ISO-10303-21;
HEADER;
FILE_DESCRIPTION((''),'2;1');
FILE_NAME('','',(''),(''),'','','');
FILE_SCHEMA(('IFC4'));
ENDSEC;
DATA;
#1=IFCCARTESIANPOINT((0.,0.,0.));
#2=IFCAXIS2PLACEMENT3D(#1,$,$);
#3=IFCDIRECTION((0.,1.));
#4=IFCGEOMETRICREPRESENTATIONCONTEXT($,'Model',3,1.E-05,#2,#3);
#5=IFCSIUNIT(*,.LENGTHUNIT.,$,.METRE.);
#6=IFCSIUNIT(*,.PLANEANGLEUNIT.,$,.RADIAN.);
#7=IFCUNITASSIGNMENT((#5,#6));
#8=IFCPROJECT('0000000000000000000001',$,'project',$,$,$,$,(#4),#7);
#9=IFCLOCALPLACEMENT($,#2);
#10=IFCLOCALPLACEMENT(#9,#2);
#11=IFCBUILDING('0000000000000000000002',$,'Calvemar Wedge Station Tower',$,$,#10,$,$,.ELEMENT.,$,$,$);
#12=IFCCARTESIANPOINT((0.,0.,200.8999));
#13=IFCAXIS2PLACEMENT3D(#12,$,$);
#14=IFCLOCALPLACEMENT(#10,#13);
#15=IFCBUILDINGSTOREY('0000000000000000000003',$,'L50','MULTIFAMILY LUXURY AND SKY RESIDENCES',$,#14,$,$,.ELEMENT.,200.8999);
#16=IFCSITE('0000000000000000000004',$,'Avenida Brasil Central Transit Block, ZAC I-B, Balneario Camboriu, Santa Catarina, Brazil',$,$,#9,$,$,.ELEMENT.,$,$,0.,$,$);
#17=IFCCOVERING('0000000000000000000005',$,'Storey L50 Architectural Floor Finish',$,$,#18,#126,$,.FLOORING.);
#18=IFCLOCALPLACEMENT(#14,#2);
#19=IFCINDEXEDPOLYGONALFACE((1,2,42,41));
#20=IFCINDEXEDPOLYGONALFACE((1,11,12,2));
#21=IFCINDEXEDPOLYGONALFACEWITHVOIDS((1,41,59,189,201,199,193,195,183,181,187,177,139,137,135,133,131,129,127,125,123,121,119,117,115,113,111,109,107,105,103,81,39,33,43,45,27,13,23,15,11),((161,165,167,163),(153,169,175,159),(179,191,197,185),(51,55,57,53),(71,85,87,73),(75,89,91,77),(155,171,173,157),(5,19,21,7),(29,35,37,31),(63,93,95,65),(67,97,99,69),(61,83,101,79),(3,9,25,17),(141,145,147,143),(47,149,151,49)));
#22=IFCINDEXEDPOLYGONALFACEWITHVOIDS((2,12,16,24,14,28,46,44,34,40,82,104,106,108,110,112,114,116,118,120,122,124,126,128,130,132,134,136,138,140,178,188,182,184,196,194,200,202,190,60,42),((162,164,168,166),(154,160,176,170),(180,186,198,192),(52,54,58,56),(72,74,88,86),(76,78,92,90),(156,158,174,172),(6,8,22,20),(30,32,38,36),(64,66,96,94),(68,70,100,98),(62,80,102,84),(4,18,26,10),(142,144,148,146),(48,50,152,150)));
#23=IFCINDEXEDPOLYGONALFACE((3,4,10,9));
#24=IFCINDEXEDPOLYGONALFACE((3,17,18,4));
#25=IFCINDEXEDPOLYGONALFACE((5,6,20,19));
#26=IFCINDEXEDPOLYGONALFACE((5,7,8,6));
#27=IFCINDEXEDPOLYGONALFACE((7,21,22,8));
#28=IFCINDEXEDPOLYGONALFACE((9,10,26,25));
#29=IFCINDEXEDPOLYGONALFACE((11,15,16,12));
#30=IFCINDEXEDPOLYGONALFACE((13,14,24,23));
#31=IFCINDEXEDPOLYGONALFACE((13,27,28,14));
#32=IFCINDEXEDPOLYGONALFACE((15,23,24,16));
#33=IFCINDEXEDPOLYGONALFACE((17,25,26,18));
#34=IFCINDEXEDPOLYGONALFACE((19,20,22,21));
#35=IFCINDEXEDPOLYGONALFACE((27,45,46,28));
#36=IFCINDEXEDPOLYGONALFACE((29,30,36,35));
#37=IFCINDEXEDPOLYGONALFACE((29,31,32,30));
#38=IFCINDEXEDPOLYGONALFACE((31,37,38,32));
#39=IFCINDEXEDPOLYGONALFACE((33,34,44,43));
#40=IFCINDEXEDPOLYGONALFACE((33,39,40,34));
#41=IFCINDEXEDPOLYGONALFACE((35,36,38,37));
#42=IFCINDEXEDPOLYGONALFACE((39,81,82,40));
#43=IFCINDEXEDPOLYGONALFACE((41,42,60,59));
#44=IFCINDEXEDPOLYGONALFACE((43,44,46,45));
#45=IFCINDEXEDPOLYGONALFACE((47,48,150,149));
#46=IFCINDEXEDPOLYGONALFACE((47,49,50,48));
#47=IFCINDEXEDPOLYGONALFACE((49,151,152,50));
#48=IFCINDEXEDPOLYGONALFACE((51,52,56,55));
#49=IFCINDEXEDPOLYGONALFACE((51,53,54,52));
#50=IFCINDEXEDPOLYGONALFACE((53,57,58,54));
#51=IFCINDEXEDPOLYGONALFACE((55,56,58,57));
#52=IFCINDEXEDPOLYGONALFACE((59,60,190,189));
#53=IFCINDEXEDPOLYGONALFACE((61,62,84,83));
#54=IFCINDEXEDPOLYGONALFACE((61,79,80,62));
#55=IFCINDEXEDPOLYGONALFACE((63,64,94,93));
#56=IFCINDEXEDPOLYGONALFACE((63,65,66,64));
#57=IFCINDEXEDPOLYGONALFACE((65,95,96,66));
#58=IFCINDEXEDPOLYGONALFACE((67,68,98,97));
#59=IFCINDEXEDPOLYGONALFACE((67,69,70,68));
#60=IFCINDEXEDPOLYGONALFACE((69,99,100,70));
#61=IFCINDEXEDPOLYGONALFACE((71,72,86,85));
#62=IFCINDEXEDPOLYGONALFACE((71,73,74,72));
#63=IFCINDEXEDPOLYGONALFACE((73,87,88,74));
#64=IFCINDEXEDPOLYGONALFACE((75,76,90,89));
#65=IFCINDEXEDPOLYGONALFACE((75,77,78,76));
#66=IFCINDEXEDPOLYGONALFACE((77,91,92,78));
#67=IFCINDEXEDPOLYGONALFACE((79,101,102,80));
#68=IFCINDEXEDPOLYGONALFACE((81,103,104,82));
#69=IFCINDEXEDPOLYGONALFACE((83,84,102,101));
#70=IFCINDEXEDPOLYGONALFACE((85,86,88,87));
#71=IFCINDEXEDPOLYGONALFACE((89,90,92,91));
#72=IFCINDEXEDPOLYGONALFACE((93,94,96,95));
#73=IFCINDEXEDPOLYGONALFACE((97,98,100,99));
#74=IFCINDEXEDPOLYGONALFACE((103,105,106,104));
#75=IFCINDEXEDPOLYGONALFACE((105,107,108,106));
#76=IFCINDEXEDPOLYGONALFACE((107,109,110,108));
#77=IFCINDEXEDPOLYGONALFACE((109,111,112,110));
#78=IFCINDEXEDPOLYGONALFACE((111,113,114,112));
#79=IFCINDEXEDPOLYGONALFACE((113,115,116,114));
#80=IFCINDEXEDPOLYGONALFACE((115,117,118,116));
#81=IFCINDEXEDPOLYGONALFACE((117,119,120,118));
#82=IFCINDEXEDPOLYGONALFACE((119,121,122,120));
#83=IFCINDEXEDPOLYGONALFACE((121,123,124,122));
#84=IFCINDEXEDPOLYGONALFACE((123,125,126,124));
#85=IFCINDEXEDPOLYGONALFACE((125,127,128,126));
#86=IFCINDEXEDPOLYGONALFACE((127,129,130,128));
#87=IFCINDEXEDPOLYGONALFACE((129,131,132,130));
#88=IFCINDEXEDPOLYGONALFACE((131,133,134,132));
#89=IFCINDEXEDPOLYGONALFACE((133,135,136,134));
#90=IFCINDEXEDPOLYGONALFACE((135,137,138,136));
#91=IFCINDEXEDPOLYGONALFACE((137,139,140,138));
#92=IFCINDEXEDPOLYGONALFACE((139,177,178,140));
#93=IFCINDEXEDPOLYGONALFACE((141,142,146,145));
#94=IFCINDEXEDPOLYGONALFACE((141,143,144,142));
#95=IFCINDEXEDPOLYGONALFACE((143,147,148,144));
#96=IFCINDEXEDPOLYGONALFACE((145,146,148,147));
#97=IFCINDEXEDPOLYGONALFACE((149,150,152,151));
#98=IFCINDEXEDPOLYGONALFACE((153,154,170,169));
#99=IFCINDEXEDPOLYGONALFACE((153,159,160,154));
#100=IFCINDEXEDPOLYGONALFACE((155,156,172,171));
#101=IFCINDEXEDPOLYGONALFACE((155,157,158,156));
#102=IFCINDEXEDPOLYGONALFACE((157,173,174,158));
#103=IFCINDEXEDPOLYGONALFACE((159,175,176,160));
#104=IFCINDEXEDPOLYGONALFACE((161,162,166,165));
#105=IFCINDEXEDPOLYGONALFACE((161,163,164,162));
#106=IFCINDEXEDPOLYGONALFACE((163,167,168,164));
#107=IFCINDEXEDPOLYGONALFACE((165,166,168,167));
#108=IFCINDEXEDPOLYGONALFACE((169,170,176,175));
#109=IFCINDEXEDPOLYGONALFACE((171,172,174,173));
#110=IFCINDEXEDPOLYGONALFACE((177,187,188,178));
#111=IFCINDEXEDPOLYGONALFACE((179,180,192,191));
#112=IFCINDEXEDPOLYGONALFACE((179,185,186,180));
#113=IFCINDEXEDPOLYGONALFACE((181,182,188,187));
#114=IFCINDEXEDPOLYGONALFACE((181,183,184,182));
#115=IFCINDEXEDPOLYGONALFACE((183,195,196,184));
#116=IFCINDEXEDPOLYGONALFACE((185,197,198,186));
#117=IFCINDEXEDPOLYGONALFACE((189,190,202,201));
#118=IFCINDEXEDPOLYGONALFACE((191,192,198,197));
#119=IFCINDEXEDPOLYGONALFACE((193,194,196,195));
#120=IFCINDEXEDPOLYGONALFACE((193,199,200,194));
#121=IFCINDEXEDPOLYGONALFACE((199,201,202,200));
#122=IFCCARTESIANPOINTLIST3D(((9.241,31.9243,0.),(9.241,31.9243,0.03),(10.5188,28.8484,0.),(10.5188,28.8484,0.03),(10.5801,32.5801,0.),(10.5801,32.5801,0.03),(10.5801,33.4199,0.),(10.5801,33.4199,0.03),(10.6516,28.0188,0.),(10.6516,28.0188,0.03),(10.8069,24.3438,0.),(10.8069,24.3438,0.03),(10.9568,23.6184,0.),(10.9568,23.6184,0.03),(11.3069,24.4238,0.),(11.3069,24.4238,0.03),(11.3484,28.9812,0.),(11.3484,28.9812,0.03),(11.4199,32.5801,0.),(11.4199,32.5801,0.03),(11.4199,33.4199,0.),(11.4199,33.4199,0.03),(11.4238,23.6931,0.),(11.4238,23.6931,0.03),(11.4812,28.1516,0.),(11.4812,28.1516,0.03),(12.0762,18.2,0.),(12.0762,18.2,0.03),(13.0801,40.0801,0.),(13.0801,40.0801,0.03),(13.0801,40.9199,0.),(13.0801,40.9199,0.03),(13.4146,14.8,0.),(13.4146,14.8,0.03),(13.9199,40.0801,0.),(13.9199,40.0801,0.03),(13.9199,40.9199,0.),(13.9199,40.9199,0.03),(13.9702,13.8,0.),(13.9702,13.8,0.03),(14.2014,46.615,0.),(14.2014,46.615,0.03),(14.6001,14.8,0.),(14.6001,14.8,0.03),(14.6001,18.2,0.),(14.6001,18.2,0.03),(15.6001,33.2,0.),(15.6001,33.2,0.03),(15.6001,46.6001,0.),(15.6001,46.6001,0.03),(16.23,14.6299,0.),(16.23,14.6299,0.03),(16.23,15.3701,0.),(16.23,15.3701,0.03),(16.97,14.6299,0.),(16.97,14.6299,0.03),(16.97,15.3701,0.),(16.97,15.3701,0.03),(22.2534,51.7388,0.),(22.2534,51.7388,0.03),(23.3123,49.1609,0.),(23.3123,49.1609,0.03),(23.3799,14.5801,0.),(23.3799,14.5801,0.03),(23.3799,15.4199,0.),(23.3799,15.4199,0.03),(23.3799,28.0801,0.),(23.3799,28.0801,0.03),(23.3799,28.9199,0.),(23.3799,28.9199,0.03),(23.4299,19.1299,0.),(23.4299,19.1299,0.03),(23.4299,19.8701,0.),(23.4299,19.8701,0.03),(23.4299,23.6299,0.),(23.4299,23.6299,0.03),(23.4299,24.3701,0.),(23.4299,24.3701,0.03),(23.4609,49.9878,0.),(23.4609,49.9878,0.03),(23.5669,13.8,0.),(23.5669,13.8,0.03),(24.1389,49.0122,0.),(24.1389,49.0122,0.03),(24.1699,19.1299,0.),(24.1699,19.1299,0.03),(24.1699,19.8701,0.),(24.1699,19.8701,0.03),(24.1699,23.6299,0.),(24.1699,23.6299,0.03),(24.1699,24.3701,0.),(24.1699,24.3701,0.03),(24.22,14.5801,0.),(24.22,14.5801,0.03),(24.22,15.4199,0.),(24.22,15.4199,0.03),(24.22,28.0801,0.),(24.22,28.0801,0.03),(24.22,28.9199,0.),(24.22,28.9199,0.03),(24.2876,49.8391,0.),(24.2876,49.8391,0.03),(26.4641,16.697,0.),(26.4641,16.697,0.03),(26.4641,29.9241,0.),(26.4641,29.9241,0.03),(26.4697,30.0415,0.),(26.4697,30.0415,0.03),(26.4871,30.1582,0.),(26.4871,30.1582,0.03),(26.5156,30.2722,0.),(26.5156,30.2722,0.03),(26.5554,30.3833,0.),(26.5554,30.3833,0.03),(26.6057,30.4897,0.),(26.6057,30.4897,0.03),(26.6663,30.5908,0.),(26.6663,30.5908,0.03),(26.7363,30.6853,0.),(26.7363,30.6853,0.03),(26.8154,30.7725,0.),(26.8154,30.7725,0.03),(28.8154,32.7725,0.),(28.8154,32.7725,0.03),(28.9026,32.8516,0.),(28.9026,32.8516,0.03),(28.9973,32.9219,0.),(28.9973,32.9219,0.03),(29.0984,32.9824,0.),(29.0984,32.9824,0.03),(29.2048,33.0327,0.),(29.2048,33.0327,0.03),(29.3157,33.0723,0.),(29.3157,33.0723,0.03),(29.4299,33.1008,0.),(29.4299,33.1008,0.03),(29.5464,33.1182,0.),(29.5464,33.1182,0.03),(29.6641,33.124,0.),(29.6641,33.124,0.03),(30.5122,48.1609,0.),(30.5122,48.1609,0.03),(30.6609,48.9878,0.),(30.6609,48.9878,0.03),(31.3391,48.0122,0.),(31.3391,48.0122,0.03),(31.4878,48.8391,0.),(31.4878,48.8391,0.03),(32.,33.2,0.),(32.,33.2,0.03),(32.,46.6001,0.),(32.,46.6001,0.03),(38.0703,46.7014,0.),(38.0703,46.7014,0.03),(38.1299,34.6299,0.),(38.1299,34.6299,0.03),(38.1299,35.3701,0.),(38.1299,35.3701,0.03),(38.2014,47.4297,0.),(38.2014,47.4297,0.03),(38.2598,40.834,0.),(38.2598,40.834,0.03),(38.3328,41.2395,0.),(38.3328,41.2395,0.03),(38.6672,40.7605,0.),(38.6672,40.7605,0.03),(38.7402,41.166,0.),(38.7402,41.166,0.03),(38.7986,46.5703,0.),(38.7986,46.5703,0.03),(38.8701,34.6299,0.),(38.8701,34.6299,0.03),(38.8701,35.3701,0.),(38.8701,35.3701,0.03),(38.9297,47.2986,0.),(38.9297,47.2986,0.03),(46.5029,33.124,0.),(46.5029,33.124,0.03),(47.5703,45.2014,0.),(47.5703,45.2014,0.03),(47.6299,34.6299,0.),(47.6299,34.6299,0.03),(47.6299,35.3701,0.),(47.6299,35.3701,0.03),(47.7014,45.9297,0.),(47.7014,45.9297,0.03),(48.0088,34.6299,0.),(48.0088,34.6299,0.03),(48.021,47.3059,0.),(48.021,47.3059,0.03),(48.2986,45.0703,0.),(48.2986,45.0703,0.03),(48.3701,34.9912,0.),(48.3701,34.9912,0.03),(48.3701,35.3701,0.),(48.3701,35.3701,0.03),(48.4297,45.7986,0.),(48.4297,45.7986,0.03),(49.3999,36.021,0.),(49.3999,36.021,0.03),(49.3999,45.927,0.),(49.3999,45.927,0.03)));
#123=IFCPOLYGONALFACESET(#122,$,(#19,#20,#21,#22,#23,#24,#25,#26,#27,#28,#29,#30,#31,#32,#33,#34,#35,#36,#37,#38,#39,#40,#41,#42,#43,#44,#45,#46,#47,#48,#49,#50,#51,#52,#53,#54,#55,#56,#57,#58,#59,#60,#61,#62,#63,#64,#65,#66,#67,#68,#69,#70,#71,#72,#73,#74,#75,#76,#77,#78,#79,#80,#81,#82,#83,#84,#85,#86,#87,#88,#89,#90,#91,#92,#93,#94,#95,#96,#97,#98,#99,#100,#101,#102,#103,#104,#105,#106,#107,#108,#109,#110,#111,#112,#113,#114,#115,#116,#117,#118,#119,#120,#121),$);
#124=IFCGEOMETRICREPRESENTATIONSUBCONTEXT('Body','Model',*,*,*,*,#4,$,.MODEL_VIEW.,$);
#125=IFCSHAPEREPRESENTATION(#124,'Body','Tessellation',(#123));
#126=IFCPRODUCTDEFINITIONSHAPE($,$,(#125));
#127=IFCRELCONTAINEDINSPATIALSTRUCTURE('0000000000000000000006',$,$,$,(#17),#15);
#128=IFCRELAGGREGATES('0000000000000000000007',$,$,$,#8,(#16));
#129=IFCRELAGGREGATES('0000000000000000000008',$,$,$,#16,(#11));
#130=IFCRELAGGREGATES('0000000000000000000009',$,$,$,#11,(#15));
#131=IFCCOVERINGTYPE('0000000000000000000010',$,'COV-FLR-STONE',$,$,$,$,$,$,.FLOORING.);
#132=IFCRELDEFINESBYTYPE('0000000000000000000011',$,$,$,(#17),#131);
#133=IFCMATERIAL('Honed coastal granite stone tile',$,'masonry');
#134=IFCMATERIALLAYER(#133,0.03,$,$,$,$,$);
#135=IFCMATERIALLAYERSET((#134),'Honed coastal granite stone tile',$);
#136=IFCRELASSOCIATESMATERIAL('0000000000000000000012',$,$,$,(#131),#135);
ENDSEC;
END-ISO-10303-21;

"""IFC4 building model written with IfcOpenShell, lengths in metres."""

from ifc_helpers import new_model, si_unit, direction, frame, origin, place, context, subcontext, project, spatial, polyline, outline, extrude, material, layer, layer_set, type_object, element, save


model = new_model("IFC4")

# Units and contexts
model_context = context("Model", 3, precision=1e-05, world=origin(), true_north=direction((0.0, 1.0)))
body_context = subcontext(model_context, "Body", "Model", "MODEL_VIEW")
ifc_project = project(units=[si_unit("LENGTHUNIT", "METRE"), si_unit("PLANEANGLEUNIT", "RADIAN")], contexts=[model_context])

# Site, building, storey
site_placement = place(None, origin())
site = spatial("IfcSite", under=ifc_project, at=site_placement, Name="Avenida Brasil Central Transit Block, ZAC I-B, Balneario Camboriu, Santa Catarina, Brazil", CompositionType="ELEMENT", RefElevation=0.0)
building_placement = place(site_placement, origin())
building = spatial("IfcBuilding", under=site, at=building_placement, Name="Calvemar Wedge Station Tower", CompositionType="ELEMENT")
storey_placement = place(building_placement, frame((0.0, 0.0, 200.8999)))
storey = spatial("IfcBuildingStorey", under=building, at=storey_placement, Name="L50", Description="MULTIFAMILY LUXURY AND SKY RESIDENCES", CompositionType="ELEMENT", Elevation=200.8999)

# Covering
ifc_material_1 = material(Name="Honed coastal granite stone tile", Category="masonry")
ifc_layer_1 = layer(ifc_material_1, 0.03)
ifc_layer_set_1 = layer_set([ifc_layer_1], Name="Honed coastal granite stone tile")
covering_type_1 = type_object("IfcCoveringType", Name="COV-FLR-STONE", PredefinedType="FLOORING", material=ifc_layer_set_1)
covering_1_placement = place(storey_placement, origin())
element("IfcCovering", 1, at=covering_1_placement, inside=storey, type_object=covering_type_1, Name="Storey L50 Architectural Floor Finish", PredefinedType="FLOORING", context=body_context, shape_type="SweptSolid", body=[
    extrude(outline(polyline([(26.8154, 30.7725), (28.8154, 32.7725), (28.9026, 32.8516), (28.9973, 32.9219), (29.0984, 32.9824), (29.2048, 33.0327), (29.3157, 33.0723), (29.4299, 33.1008), (29.5464, 33.1182), (29.6641, 33.124), (46.5029, 33.124), (48.0088, 34.6299), (47.6299, 34.6299), (47.6299, 35.3701), (48.3701, 35.3701), (48.3701, 34.9912), (49.3999, 36.021), (49.3999, 45.927), (48.021, 47.3059), (22.2534, 51.7388), (14.2014, 46.615), (9.241, 31.9243), (10.8069, 24.3438), (11.3069, 24.4238), (11.4238, 23.6931), (10.9568, 23.6184), (12.0762, 18.2), (14.6001, 18.2), (14.6001, 14.8), (13.4146, 14.8), (13.9702, 13.8), (23.5669, 13.8), (26.4641, 16.697), (26.4641, 29.9241), (26.4697, 30.0415), (26.4871, 30.1582), (26.5156, 30.2722), (26.5554, 30.3833), (26.6057, 30.4897), (26.6663, 30.5908), (26.7363, 30.6853), (26.8154, 30.7725)]), holes=[polyline([(15.6001, 46.6001), (32.0, 46.6001), (32.0, 33.2), (15.6001, 33.2), (15.6001, 46.6001)]), polyline([(10.5801, 32.5801), (10.5801, 33.4199), (11.4199, 33.4199), (11.4199, 32.5801), (10.5801, 32.5801)]), polyline([(13.0801, 40.9199), (13.9199, 40.9199), (13.9199, 40.0801), (13.0801, 40.0801), (13.0801, 40.9199)]), polyline([(24.2876, 49.8391), (24.1389, 49.0122), (23.3123, 49.1609), (23.4609, 49.9878), (24.2876, 49.8391)]), polyline([(31.3391, 48.0122), (30.5122, 48.1609), (30.6609, 48.9878), (31.4878, 48.8391), (31.3391, 48.0122)]), polyline([(38.0703, 46.7014), (38.2014, 47.4297), (38.9297, 47.2986), (38.7986, 46.5703), (38.0703, 46.7014)]), polyline([(47.7014, 45.9297), (48.4297, 45.7986), (48.2986, 45.0703), (47.5703, 45.2014), (47.7014, 45.9297)]), polyline([(38.8701, 35.3701), (38.8701, 34.6299), (38.1299, 34.6299), (38.1299, 35.3701), (38.8701, 35.3701)]), polyline([(38.2598, 40.834), (38.3328, 41.2395), (38.7402, 41.166), (38.6672, 40.7605), (38.2598, 40.834)]), polyline([(11.3484, 28.9812), (11.4812, 28.1516), (10.6516, 28.0188), (10.5188, 28.8484), (11.3484, 28.9812)]), polyline([(24.22, 28.0801), (23.3799, 28.0801), (23.3799, 28.9199), (24.22, 28.9199), (24.22, 28.0801)]), polyline([(23.4299, 23.6299), (23.4299, 24.3701), (24.1699, 24.3701), (24.1699, 23.6299), (23.4299, 23.6299)]), polyline([(23.4299, 19.8701), (24.1699, 19.8701), (24.1699, 19.1299), (23.4299, 19.1299), (23.4299, 19.8701)]), polyline([(24.22, 15.4199), (24.22, 14.5801), (23.3799, 14.5801), (23.3799, 15.4199), (24.22, 15.4199)]), polyline([(16.97, 14.6299), (16.23, 14.6299), (16.23, 15.3701), (16.97, 15.3701), (16.97, 14.6299)])]), origin(), (0.0, 0.0, 1.0), 0.03),
])

save(model, "model.ifc")
